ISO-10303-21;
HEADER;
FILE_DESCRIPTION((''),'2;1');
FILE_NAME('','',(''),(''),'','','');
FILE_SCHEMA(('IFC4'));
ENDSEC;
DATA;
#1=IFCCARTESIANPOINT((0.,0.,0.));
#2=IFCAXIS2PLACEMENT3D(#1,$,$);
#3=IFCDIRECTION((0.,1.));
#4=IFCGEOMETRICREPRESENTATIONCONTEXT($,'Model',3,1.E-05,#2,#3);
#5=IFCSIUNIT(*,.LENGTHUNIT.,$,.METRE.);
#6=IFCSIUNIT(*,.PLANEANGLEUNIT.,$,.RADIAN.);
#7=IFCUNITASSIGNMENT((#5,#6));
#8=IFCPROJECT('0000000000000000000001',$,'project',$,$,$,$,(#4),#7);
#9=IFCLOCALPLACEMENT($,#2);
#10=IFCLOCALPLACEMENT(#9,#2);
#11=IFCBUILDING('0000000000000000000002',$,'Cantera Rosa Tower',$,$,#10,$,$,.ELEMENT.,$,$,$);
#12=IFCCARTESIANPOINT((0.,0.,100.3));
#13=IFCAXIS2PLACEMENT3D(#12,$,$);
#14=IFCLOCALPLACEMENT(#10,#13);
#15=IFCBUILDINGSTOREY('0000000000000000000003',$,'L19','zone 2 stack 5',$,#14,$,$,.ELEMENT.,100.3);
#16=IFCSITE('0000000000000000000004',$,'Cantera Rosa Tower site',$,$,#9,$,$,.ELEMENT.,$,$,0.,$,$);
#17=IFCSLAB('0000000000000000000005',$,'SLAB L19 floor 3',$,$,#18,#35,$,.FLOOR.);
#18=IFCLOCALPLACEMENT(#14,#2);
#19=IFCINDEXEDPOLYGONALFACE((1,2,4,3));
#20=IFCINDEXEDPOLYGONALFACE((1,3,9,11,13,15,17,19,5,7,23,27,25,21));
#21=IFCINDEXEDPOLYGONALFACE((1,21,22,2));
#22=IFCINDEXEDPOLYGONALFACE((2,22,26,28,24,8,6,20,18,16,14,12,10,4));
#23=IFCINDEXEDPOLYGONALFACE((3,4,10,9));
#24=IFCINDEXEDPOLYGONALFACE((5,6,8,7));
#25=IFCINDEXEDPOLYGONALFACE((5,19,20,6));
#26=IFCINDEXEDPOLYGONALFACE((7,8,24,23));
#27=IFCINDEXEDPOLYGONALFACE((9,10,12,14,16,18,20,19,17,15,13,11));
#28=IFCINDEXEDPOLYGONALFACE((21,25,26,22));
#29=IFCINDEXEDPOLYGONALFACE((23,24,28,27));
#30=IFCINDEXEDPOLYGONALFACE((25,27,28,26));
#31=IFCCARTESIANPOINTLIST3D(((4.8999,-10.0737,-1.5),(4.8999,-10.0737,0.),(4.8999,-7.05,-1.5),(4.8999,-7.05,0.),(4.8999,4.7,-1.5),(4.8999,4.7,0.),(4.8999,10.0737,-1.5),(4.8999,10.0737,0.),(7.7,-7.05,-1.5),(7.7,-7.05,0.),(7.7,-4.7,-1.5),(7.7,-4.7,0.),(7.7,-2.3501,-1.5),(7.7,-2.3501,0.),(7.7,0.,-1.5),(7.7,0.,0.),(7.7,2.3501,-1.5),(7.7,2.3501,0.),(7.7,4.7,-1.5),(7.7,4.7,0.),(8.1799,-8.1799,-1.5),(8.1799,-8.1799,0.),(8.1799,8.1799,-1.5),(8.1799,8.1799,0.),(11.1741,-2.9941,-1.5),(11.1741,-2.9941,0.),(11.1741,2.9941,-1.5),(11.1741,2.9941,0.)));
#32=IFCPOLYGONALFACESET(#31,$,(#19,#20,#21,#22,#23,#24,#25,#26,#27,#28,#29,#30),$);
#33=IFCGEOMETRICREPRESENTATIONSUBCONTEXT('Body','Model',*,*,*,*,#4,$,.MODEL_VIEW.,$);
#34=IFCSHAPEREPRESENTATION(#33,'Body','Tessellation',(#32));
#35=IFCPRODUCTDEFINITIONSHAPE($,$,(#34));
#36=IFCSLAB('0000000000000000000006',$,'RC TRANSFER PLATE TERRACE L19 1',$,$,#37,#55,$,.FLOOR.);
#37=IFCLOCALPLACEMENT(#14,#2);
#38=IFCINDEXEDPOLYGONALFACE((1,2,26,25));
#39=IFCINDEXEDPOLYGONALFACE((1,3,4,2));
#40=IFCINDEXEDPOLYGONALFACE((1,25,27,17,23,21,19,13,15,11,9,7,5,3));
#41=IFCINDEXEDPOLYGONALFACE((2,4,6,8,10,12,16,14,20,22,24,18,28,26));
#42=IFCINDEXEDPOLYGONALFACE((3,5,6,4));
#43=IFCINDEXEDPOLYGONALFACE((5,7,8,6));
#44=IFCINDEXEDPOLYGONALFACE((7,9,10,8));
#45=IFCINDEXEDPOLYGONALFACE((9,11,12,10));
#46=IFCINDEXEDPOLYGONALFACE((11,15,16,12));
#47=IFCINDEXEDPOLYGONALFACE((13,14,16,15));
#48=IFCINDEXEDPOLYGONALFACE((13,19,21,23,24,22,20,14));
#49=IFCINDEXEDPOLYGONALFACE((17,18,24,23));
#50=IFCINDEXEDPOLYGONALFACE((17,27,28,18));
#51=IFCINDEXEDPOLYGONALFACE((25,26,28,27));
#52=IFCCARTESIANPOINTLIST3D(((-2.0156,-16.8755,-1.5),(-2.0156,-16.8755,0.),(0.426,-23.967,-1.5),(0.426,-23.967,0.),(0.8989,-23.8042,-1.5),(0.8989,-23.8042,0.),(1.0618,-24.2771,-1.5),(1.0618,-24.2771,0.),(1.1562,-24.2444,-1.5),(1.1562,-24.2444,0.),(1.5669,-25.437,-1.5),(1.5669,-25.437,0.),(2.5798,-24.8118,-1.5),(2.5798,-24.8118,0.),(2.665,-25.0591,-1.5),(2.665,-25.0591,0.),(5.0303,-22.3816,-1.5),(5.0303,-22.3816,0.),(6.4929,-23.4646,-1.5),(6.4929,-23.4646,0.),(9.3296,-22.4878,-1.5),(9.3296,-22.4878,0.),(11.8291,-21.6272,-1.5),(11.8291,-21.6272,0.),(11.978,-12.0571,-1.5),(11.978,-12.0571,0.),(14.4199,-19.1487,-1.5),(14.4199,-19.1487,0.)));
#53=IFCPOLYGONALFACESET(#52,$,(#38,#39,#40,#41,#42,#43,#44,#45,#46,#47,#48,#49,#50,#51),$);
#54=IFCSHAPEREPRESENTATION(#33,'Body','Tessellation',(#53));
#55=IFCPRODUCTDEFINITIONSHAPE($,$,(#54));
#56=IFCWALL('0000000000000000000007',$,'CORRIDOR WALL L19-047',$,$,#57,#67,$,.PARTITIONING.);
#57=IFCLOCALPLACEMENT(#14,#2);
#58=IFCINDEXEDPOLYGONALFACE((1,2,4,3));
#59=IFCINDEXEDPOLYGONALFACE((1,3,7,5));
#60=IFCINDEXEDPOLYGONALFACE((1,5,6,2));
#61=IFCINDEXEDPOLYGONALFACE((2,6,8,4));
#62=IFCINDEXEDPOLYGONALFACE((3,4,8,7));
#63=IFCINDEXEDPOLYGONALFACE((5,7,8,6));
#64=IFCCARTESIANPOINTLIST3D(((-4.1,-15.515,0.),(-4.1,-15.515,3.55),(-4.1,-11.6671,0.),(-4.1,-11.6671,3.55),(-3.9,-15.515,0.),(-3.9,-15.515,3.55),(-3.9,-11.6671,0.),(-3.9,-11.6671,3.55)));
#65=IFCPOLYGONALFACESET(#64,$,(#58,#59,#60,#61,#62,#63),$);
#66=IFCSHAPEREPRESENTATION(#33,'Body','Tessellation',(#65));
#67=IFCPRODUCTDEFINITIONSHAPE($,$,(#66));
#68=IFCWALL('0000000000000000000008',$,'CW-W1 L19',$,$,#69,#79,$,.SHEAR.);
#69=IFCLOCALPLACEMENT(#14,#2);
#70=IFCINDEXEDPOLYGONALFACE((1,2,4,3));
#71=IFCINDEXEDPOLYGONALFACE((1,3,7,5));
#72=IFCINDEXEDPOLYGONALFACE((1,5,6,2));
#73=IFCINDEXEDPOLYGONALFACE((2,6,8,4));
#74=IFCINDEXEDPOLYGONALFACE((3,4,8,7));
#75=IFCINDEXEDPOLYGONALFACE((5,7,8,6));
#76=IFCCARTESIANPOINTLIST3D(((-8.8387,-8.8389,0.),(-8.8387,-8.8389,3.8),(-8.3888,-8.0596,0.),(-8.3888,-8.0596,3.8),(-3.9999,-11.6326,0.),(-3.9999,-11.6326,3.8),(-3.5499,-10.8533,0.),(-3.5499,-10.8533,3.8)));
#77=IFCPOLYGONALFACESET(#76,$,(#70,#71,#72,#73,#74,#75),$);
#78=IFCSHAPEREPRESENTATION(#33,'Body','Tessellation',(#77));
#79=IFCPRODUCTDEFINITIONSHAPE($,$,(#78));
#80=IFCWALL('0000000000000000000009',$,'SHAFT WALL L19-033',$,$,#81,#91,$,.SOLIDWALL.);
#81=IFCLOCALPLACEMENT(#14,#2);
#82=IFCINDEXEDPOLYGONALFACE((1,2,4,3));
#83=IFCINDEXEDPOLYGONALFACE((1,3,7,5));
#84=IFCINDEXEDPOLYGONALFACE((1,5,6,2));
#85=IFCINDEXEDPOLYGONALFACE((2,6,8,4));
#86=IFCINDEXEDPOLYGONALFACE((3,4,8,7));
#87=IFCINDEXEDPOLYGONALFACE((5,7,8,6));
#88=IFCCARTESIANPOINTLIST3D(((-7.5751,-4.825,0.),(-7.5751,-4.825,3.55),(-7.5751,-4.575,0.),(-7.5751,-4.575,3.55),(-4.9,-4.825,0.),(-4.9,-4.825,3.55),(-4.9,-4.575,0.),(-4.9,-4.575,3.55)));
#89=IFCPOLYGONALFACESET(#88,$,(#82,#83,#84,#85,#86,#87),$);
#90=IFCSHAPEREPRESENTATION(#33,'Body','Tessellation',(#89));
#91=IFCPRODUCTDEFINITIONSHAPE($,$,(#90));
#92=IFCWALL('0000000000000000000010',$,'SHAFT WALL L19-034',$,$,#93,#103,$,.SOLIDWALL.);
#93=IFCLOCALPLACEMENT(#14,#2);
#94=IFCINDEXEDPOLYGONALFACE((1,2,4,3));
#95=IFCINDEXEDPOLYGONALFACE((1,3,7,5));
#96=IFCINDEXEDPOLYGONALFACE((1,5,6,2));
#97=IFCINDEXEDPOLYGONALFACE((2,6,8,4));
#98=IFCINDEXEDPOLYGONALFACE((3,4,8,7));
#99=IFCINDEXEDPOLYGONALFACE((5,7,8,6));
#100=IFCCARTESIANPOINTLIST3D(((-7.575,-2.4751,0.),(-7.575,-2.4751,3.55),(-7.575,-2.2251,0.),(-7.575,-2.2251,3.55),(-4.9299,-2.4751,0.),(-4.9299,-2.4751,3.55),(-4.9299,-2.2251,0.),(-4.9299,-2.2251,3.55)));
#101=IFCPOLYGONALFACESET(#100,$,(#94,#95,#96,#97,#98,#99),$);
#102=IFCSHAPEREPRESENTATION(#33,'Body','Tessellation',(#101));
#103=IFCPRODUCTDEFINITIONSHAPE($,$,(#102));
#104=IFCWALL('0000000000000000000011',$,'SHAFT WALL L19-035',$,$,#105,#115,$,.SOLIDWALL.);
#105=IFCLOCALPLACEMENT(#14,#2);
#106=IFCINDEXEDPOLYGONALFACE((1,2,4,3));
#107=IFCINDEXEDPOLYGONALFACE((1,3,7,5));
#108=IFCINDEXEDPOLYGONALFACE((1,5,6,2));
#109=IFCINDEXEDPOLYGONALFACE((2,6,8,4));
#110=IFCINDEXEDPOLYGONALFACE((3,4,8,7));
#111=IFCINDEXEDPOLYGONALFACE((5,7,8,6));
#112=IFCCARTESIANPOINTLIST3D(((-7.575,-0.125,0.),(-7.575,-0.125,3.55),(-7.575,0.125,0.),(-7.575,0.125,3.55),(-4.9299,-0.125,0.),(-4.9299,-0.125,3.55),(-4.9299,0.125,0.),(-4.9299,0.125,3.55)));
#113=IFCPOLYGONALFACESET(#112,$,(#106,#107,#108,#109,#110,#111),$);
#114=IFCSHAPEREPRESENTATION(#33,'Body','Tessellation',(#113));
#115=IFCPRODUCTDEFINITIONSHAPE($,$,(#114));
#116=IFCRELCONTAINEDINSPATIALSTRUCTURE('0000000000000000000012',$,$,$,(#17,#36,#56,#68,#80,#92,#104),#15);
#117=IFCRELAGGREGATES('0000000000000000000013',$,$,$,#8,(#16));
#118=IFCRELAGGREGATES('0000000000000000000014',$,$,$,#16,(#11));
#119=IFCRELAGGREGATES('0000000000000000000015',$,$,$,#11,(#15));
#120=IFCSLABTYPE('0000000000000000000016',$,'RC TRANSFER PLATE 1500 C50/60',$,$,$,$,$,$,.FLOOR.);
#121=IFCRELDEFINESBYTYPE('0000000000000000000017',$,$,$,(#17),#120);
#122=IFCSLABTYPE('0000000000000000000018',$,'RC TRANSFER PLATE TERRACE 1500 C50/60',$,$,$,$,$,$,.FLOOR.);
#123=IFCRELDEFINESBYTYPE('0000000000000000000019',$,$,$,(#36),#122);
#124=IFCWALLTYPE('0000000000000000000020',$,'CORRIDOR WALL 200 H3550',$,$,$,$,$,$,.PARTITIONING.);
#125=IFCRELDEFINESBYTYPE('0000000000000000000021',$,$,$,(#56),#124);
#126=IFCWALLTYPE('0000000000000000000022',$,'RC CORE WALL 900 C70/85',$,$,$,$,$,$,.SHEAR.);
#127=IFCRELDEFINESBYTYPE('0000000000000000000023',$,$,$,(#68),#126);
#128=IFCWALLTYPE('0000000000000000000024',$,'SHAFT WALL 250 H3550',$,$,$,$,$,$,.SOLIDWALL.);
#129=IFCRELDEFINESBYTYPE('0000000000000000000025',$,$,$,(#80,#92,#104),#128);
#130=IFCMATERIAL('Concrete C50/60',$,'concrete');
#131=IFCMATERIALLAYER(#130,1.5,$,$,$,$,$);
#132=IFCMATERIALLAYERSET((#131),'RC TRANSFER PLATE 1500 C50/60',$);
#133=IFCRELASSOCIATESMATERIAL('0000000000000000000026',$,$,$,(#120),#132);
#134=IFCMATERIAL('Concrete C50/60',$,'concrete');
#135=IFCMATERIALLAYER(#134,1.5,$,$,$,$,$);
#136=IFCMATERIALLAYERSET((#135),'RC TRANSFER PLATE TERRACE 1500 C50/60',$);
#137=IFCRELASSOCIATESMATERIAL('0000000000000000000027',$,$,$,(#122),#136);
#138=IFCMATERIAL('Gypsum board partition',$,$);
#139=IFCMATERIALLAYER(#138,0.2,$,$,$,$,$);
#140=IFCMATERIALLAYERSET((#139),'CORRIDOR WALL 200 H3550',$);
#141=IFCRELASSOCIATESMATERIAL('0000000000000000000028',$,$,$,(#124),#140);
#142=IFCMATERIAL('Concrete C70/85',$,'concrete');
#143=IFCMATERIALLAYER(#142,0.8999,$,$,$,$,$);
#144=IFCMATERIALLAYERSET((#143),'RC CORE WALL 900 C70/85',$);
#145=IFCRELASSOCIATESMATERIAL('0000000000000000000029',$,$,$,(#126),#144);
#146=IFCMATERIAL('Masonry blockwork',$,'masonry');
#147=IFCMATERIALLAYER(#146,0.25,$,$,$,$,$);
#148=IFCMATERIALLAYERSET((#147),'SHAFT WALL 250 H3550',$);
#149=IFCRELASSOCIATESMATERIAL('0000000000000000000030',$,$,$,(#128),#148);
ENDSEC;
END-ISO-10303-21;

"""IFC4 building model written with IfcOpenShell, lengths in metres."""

from ifc_helpers import new_model, si_unit, direction, frame, frame_2d, origin, place, context, subcontext, project, spatial, polyline, rectangle, outline, extrude, material, layer, layer_set, type_object, element, save


model = new_model("IFC4")

# Units and contexts
model_context = context("Model", 3, precision=1e-05, world=origin(), true_north=direction((0.0, 1.0)))
body_context = subcontext(model_context, "Body", "Model", "MODEL_VIEW")
ifc_project = project(units=[si_unit("LENGTHUNIT", "METRE"), si_unit("PLANEANGLEUNIT", "RADIAN")], contexts=[model_context])

# Site, building, storey
site_placement = place(None, origin())
site = spatial("IfcSite", under=ifc_project, at=site_placement, Name="Cantera Rosa Tower site", CompositionType="ELEMENT", RefElevation=0.0)
building_placement = place(site_placement, origin())
building = spatial("IfcBuilding", under=site, at=building_placement, Name="Cantera Rosa Tower", CompositionType="ELEMENT")
storey_placement = place(building_placement, frame((0.0, 0.0, 100.3)))
storey = spatial("IfcBuildingStorey", under=building, at=storey_placement, Name="L19", Description="zone 2 stack 5", CompositionType="ELEMENT", Elevation=100.3)

# Slabs
ifc_material_1 = material(Name="Concrete C50/60", Category="concrete")
ifc_layer_1 = layer(ifc_material_1, 1.5)
ifc_layer_set_1 = layer_set([ifc_layer_1], Name="RC TRANSFER PLATE 1500 C50/60")
slab_type_1 = type_object("IfcSlabType", Name="RC TRANSFER PLATE 1500 C50/60", PredefinedType="FLOOR", material=ifc_layer_set_1)
slab_1_placement = place(storey_placement, frame((0.0, 0.0, -1.5)))
element("IfcSlab", 1, at=slab_1_placement, inside=storey, type_object=slab_type_1, Name="SLAB L19 floor 3", PredefinedType="FLOOR", context=body_context, shape_type="SweptSolid", body=[
    extrude(outline(polyline([(4.8999, 4.7), (4.8999, 10.0737), (8.1799, 8.1799), (11.1741, 2.9941), (11.1741, -2.9941), (8.1799, -8.1799), (4.8999, -10.0737), (4.8999, -7.05), (7.7, -7.05), (7.7, -4.7), (7.7, -2.3501), (7.7, 0.0), (7.7, 2.3501), (7.7, 4.7), (4.8999, 4.7)])), origin(), (0.0, 0.0, 1.0), 1.5),
])
ifc_material_2 = material(Name="Concrete C50/60", Category="concrete")
ifc_layer_2 = layer(ifc_material_2, 1.5)
ifc_layer_set_2 = layer_set([ifc_layer_2], Name="RC TRANSFER PLATE TERRACE 1500 C50/60")
slab_type_2 = type_object("IfcSlabType", Name="RC TRANSFER PLATE TERRACE 1500 C50/60", PredefinedType="FLOOR", material=ifc_layer_set_2)
slab_2_placement = place(storey_placement, frame((0.0, 0.0, -1.5)))
element("IfcSlab", 2, at=slab_2_placement, inside=storey, type_object=slab_type_2, Name="RC TRANSFER PLATE TERRACE L19 1", PredefinedType="FLOOR", context=body_context, shape_type="SweptSolid", body=[
    extrude(outline(polyline([(11.8291, -21.6272), (9.3296, -22.4878), (6.4929, -23.4646), (2.5798, -24.8118), (2.665, -25.0591), (1.5669, -25.437), (1.1562, -24.2444), (1.0618, -24.2771), (0.8989, -23.8042), (0.426, -23.967), (-2.0156, -16.8755), (11.978, -12.0571), (14.4199, -19.1487), (5.0303, -22.3816), (11.8291, -21.6272)])), origin(), (0.0, 0.0, 1.0), 1.5),
])

# Walls
ifc_material_3 = material(Name="Gypsum board partition")
ifc_layer_3 = layer(ifc_material_3, 0.2)
ifc_layer_set_3 = layer_set([ifc_layer_3], Name="CORRIDOR WALL 200 H3550")
wall_type_1 = type_object("IfcWallType", Name="CORRIDOR WALL 200 H3550", PredefinedType="PARTITIONING", material=ifc_layer_set_3)
wall_1_placement = place(storey_placement, frame((-4.0, -11.6672, 0.0), z_axis=(0.0, 0.0, 1.0), x_axis=(0.0, -1.0, 0.0)))
element("IfcWall", 3, at=wall_1_placement, inside=storey, type_object=wall_type_1, Name="CORRIDOR WALL L19-047", PredefinedType="PARTITIONING", context=body_context, shape_type="SweptSolid", body=[
    extrude(rectangle(XDim=3.8479, YDim=0.2, at=frame_2d((1.9238, 0.0))), origin(), (0.0, 0.0, 1.0), 3.55),
])
ifc_material_4 = material(Name="Concrete C70/85", Category="concrete")
ifc_layer_4 = layer(ifc_material_4, 0.8999)
ifc_layer_set_4 = layer_set([ifc_layer_4], Name="RC CORE WALL 900 C70/85")
wall_type_2 = type_object("IfcWallType", Name="RC CORE WALL 900 C70/85", PredefinedType="SHEAR", material=ifc_layer_set_4)
wall_2_placement = place(storey_placement, frame((-3.7749, -11.2429, 0.0), z_axis=(0.0, 0.0, 1.0), x_axis=(-0.866027, 0.499997, 0.0)))
element("IfcWall", 4, at=wall_2_placement, inside=storey, type_object=wall_type_2, Name="CW-W1 L19", PredefinedType="SHEAR", context=body_context, shape_type="SweptSolid", body=[
    extrude(rectangle(XDim=5.5874, YDim=0.8999, at=frame_2d((2.7937, 0.0))), origin(), (0.0, 0.0, 1.0), 3.8),
])
ifc_material_5 = material(Name="Masonry blockwork", Category="masonry")
ifc_layer_5 = layer(ifc_material_5, 0.25)
ifc_layer_set_5 = layer_set([ifc_layer_5], Name="SHAFT WALL 250 H3550")
wall_type_3 = type_object("IfcWallType", Name="SHAFT WALL 250 H3550", PredefinedType="SOLIDWALL", material=ifc_layer_set_5)
wall_3_placement = place(storey_placement, frame((-7.575, -4.7, 0.0), z_axis=(0.0, 0.0, 1.0), x_axis=(1.0, 0.0, 0.0)))
element("IfcWall", 5, at=wall_3_placement, inside=storey, type_object=wall_type_3, Name="SHAFT WALL L19-033", PredefinedType="SOLIDWALL", context=body_context, shape_type="SweptSolid", body=[
    extrude(rectangle(XDim=2.675, YDim=0.25, at=frame_2d((1.3374, 0.0))), origin(), (0.0, 0.0, 1.0), 3.55),
])
for number, where, z_axis, x_axis, name in (
    (6, (-7.575, -2.3501, 0.0), (0.0, 0.0, 1.0), (1.0, 0.0, 0.0), "SHAFT WALL L19-034"),
    (7, (-7.575, 0.0, 0.0), (0.0, 0.0, 1.0), (1.0, 0.0, 0.0), "SHAFT WALL L19-035"),
):
    element("IfcWall", number, at=place(storey_placement, frame(where, z_axis=z_axis, x_axis=x_axis)), inside=storey, type_object=wall_type_3, Name=name, PredefinedType="SOLIDWALL", context=body_context, shape_type="SweptSolid", body=[
        extrude(rectangle(XDim=2.645, YDim=0.25, at=frame_2d((1.3225, 0.0))), origin(), (0.0, 0.0, 1.0), 3.55),
    ])

save(model, "model.ifc")
